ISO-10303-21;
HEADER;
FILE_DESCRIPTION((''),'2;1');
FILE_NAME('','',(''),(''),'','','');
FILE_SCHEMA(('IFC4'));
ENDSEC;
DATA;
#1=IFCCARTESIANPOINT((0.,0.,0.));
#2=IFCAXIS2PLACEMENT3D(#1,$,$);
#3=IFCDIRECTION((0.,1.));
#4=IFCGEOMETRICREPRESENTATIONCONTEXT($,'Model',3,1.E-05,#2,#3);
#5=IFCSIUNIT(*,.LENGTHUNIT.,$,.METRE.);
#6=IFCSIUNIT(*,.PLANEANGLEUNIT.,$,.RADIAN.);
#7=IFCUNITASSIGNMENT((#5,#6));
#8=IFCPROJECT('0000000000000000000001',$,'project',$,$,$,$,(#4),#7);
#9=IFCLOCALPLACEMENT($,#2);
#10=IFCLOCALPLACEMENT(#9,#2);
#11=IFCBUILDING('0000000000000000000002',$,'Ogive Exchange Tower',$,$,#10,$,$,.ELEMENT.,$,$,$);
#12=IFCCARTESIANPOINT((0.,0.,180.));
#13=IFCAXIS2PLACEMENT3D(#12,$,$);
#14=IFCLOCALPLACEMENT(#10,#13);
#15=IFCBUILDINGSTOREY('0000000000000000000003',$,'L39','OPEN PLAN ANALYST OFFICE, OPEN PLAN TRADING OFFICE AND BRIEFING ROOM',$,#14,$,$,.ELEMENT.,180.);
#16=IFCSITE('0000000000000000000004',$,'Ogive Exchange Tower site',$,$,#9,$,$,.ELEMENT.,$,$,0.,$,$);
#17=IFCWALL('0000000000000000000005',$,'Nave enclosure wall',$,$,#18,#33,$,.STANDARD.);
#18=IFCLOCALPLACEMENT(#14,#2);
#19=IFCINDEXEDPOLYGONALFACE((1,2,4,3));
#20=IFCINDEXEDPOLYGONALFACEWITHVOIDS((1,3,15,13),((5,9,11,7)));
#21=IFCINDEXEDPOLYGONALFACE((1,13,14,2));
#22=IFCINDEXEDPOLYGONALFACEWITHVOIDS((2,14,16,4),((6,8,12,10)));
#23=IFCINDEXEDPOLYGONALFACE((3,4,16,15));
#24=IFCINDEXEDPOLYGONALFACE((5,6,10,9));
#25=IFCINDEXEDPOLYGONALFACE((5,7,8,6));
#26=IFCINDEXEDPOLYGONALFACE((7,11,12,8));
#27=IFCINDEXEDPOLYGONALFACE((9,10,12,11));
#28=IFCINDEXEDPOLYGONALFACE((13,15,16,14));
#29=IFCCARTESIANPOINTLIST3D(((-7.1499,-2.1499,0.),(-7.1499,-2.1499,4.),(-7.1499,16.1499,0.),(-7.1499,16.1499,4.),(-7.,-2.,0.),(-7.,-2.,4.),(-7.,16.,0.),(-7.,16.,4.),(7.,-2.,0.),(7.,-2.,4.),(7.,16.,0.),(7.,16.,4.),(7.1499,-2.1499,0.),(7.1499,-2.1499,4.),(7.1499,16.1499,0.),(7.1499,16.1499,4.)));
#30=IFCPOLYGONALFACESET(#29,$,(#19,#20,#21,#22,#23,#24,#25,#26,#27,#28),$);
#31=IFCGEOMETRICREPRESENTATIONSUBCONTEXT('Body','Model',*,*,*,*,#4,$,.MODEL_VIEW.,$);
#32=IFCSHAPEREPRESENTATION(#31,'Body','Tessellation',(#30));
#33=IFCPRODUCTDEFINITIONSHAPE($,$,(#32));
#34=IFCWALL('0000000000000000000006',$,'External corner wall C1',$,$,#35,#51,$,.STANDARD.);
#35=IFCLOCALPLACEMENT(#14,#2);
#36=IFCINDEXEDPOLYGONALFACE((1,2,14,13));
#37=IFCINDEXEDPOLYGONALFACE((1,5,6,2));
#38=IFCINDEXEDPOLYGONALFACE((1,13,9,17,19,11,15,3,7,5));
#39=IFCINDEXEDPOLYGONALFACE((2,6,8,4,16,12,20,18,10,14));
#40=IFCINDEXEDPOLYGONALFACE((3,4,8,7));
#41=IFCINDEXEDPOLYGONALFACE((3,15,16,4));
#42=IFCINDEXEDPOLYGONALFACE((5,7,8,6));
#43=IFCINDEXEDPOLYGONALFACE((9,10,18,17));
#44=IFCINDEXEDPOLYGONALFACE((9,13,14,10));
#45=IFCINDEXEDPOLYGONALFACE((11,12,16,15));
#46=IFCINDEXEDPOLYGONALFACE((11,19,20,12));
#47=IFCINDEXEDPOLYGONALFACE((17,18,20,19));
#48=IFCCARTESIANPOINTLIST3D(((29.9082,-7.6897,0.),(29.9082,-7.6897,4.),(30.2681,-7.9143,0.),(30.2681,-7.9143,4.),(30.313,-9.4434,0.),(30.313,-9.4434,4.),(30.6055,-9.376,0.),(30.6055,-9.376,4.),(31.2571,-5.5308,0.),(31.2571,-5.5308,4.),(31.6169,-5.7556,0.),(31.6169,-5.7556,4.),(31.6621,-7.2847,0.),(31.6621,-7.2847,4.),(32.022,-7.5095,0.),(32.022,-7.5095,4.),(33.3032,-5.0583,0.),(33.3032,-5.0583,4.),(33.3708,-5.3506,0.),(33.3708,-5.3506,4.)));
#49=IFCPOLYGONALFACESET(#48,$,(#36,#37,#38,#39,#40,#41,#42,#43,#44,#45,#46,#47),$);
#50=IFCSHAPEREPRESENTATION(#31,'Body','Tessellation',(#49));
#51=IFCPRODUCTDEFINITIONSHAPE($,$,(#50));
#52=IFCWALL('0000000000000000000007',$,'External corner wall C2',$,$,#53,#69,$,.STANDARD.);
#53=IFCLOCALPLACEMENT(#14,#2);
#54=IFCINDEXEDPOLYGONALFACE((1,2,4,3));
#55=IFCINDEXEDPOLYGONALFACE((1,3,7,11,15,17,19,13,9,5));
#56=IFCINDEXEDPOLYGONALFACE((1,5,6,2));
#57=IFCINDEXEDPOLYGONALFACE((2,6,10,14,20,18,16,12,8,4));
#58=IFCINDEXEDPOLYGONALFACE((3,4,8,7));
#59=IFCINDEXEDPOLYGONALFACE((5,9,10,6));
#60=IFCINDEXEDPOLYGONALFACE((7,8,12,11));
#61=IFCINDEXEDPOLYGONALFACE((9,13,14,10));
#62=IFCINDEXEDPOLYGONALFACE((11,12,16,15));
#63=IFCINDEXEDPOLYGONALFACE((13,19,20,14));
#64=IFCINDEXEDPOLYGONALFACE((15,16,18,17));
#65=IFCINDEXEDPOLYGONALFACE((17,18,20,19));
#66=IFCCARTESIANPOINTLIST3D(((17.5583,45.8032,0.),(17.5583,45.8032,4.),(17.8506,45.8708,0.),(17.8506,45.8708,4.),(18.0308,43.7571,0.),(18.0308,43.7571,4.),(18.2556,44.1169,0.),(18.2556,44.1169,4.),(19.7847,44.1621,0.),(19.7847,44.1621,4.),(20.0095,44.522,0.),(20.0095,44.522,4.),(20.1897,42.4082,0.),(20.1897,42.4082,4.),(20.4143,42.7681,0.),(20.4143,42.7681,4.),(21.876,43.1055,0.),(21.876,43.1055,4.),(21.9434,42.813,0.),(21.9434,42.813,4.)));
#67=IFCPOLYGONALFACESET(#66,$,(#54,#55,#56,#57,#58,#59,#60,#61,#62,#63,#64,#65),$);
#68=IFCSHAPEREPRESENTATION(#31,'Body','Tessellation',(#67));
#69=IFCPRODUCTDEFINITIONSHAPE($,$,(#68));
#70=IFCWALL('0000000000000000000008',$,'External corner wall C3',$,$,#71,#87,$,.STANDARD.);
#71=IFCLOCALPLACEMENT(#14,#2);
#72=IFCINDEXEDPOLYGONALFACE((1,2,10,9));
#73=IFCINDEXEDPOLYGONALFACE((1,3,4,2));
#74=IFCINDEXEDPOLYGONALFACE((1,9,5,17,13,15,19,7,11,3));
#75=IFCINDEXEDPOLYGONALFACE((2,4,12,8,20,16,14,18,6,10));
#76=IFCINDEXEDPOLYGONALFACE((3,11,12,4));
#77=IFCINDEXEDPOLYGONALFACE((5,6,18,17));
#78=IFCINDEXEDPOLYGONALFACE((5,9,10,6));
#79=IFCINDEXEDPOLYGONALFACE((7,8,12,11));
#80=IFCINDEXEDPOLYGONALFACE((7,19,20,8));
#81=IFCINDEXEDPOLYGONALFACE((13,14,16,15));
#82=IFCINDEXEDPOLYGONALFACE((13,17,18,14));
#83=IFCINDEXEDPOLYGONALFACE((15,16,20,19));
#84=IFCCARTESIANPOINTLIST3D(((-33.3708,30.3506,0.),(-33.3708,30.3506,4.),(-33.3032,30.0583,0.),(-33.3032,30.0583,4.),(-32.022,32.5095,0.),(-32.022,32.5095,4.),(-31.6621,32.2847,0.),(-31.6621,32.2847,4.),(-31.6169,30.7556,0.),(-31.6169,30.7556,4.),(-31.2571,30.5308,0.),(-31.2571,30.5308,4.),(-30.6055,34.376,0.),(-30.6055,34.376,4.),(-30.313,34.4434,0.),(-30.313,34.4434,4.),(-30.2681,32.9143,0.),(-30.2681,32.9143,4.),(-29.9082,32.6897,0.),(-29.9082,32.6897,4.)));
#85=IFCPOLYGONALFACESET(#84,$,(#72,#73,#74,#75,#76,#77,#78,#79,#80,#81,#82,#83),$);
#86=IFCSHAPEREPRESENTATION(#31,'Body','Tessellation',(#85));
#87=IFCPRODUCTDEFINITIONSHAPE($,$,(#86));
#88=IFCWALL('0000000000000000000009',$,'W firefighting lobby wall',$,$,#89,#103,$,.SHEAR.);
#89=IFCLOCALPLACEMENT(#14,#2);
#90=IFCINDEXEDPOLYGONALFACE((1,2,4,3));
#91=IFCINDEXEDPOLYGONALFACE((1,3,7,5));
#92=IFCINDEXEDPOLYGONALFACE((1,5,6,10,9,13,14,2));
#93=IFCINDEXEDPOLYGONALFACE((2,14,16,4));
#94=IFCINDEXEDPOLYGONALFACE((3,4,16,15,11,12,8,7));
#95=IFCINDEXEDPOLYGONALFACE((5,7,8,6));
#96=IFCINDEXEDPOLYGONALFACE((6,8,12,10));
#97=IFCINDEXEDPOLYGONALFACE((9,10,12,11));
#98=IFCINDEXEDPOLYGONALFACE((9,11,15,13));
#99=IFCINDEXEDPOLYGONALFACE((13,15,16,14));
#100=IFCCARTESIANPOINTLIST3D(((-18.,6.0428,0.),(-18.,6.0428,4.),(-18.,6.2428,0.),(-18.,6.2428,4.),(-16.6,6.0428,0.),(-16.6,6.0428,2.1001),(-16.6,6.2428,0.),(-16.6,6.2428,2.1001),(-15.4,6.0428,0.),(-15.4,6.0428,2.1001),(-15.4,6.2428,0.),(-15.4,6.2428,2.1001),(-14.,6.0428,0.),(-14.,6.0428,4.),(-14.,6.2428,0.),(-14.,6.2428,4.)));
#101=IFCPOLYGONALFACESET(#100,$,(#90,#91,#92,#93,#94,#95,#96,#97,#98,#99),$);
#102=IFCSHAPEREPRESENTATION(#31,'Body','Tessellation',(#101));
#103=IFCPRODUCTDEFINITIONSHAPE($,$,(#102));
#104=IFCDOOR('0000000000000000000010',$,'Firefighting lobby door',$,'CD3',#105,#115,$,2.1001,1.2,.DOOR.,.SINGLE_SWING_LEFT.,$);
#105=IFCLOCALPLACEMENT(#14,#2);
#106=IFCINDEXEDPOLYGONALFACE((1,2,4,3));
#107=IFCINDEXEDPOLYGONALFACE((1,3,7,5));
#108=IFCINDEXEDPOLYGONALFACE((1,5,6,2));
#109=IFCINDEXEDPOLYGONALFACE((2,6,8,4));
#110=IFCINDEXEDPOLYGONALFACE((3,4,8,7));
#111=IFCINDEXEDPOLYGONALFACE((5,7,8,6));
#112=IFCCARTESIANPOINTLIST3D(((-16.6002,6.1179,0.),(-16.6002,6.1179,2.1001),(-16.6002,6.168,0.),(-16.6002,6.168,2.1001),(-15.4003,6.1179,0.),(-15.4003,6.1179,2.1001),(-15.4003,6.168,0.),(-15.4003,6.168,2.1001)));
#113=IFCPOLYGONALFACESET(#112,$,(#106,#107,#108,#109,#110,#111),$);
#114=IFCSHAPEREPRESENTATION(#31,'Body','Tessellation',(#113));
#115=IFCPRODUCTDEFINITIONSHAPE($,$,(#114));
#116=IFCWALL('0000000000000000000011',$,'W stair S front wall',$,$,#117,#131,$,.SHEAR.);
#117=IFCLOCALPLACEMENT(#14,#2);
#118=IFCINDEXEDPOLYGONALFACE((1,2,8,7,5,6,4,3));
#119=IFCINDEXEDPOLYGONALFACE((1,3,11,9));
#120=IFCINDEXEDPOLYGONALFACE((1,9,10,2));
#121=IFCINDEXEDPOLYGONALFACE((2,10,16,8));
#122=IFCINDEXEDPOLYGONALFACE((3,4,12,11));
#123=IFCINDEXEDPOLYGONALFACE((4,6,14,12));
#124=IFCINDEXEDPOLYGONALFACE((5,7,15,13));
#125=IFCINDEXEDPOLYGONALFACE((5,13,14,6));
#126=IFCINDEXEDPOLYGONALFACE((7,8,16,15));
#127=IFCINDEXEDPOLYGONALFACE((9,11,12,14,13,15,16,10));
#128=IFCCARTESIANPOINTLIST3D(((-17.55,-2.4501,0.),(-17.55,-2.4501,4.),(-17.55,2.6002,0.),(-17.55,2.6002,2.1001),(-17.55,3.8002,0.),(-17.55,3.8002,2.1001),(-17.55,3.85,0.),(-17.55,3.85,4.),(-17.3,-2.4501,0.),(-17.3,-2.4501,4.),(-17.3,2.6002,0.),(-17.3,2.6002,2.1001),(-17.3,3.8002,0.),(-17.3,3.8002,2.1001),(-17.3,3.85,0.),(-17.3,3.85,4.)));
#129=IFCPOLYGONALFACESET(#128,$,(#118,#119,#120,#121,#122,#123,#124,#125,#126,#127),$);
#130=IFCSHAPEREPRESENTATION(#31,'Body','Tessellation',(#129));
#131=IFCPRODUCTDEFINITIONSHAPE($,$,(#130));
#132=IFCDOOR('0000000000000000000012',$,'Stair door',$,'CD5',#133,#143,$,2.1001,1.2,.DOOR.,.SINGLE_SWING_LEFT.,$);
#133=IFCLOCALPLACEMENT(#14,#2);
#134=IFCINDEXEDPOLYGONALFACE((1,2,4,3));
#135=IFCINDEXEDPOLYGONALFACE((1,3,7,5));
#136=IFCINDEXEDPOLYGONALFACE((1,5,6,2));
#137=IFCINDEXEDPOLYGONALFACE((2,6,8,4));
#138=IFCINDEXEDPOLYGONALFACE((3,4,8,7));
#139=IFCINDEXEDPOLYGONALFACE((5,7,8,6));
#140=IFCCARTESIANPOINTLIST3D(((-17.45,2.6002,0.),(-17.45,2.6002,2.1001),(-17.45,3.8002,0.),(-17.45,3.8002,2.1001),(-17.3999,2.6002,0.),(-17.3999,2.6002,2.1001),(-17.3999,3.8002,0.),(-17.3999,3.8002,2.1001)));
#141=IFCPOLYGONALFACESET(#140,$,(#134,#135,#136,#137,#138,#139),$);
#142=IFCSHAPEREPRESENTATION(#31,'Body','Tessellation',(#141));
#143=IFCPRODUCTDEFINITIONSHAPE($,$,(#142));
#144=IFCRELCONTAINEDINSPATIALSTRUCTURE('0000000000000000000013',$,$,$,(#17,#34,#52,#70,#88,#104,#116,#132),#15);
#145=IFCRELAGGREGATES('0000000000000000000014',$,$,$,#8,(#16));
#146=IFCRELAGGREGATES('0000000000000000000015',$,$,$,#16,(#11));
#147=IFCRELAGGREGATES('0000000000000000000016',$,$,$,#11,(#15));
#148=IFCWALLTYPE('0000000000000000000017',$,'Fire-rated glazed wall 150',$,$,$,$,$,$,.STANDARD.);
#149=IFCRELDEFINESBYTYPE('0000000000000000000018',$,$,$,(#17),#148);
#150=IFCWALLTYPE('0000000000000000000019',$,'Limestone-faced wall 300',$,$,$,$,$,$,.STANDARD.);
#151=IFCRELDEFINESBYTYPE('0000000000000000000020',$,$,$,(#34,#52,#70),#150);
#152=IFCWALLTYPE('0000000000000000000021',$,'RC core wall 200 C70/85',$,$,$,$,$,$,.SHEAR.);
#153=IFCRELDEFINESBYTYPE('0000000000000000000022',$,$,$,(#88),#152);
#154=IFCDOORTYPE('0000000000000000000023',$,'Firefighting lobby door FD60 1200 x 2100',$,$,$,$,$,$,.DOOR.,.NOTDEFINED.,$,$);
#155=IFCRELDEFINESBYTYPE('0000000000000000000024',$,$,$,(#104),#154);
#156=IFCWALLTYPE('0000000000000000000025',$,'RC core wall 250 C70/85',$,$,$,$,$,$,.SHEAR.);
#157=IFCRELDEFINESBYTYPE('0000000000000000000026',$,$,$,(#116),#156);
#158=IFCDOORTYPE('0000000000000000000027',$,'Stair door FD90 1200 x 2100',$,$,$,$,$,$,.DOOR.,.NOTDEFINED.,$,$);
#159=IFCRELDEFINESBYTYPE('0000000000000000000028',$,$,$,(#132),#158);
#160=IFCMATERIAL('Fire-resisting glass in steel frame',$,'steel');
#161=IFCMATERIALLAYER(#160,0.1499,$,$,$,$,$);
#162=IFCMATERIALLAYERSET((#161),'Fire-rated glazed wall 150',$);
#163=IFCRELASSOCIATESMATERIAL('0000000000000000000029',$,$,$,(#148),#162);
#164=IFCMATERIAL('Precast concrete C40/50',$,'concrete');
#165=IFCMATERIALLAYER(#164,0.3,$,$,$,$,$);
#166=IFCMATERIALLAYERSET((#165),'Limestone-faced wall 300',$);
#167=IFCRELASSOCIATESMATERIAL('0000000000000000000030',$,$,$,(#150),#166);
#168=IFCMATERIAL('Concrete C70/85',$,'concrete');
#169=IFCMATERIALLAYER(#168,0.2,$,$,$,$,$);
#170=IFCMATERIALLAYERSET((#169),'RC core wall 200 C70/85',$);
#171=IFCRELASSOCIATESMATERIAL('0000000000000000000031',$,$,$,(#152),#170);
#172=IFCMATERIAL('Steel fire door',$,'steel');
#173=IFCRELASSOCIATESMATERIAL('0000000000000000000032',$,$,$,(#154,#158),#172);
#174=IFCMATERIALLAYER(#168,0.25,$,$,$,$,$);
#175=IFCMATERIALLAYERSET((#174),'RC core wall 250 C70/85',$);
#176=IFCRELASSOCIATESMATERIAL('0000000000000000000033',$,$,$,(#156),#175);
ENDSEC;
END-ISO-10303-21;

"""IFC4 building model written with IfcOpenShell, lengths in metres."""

from ifc_helpers import new_model, si_unit, direction, frame, frame_2d, origin, place, context, subcontext, project, spatial, polyline, rectangle, outline, extrude, material, layer, layer_set, type_object, element, fill, save


model = new_model("IFC4")

# Units and contexts
model_context = context("Model", 3, precision=1e-05, world=origin(), true_north=direction((0.0, 1.0)))
body_context = subcontext(model_context, "Body", "Model", "MODEL_VIEW")
ifc_project = project(units=[si_unit("LENGTHUNIT", "METRE"), si_unit("PLANEANGLEUNIT", "RADIAN")], contexts=[model_context])

# Site, building, storey
site_placement = place(None, origin())
site = spatial("IfcSite", under=ifc_project, at=site_placement, Name="Ogive Exchange Tower site", CompositionType="ELEMENT", RefElevation=0.0)
building_placement = place(site_placement, origin())
building = spatial("IfcBuilding", under=site, at=building_placement, Name="Ogive Exchange Tower", CompositionType="ELEMENT")
storey_placement = place(building_placement, frame((0.0, 0.0, 180.0)))
storey = spatial("IfcBuildingStorey", under=building, at=storey_placement, Name="L39", Description="OPEN PLAN ANALYST OFFICE, OPEN PLAN TRADING OFFICE AND BRIEFING ROOM", CompositionType="ELEMENT", Elevation=180.0)

# Walls
ifc_material_1 = material(Name="Fire-resisting glass in steel frame", Category="steel")
ifc_layer_1 = layer(ifc_material_1, 0.1499)
ifc_layer_set_1 = layer_set([ifc_layer_1], Name="Fire-rated glazed wall 150")
wall_type_1 = type_object("IfcWallType", Name="Fire-rated glazed wall 150", PredefinedType="STANDARD", material=ifc_layer_set_1)
wall_1_placement = place(storey_placement, origin())
element("IfcWall", 1, at=wall_1_placement, inside=storey, type_object=wall_type_1, Name="Nave enclosure wall", PredefinedType="STANDARD", context=body_context, shape_type="SweptSolid", body=[
    extrude(outline(polyline([(-7.1499, -2.1499), (7.1499, -2.1499), (7.1499, 16.1499), (-7.1499, 16.1499), (-7.1499, -2.1499)]), holes=[polyline([(-7.0, -2.0), (-7.0, 16.0), (7.0, 16.0), (7.0, -2.0), (-7.0, -2.0)])]), origin(), (0.0, 0.0, 1.0), 4.0),
])
ifc_material_2 = material(Name="Precast concrete C40/50", Category="concrete")
ifc_layer_2 = layer(ifc_material_2, 0.3)
ifc_layer_set_2 = layer_set([ifc_layer_2], Name="Limestone-faced wall 300")
wall_type_2 = type_object("IfcWallType", Name="Limestone-faced wall 300", PredefinedType="STANDARD", material=ifc_layer_set_2)
wall_2_placement = place(storey_placement, origin())
element("IfcWall", 2, at=wall_2_placement, inside=storey, type_object=wall_type_2, Name="External corner wall C1", PredefinedType="STANDARD", context=body_context, shape_type="SweptSolid", body=[
    extrude(outline(polyline([(31.6621, -7.2847), (31.2571, -5.5308), (33.3032, -5.0583), (33.3708, -5.3506), (31.6169, -5.7556), (32.022, -7.5095), (30.2681, -7.9143), (30.6055, -9.376), (30.313, -9.4434), (29.9082, -7.6897), (31.6621, -7.2847)])), origin(), (0.0, 0.0, 1.0), 4.0),
])
wall_3_placement = place(storey_placement, origin())
element("IfcWall", 3, at=wall_3_placement, inside=storey, type_object=wall_type_2, Name="External corner wall C2", PredefinedType="STANDARD", context=body_context, shape_type="SweptSolid", body=[
    extrude(outline(polyline([(19.7847, 44.1621), (18.0308, 43.7571), (17.5583, 45.8032), (17.8506, 45.8708), (18.2556, 44.1169), (20.0095, 44.522), (20.4143, 42.7681), (21.876, 43.1055), (21.9434, 42.813), (20.1897, 42.4082), (19.7847, 44.1621)])), origin(), (0.0, 0.0, 1.0), 4.0),
])
wall_4_placement = place(storey_placement, origin())
element("IfcWall", 4, at=wall_4_placement, inside=storey, type_object=wall_type_2, Name="External corner wall C3", PredefinedType="STANDARD", context=body_context, shape_type="SweptSolid", body=[
    extrude(outline(polyline([(-31.6169, 30.7556), (-32.022, 32.5095), (-30.2681, 32.9143), (-30.6055, 34.376), (-30.313, 34.4434), (-29.9082, 32.6897), (-31.6621, 32.2847), (-31.2571, 30.5308), (-33.3032, 30.0583), (-33.3708, 30.3506), (-31.6169, 30.7556)])), origin(), (0.0, 0.0, 1.0), 4.0),
])

# Walls, openings, doors
ifc_material_3 = material(Name="Concrete C70/85", Category="concrete")
ifc_layer_3 = layer(ifc_material_3, 0.2)
ifc_layer_set_3 = layer_set([ifc_layer_3], Name="RC core wall 200 C70/85")
wall_type_3 = type_object("IfcWallType", Name="RC core wall 200 C70/85", PredefinedType="SHEAR", material=ifc_layer_set_3)
wall_5_placement = place(storey_placement, frame((-18.0, 6.1428, 0.0), z_axis=(0.0, 0.0, 1.0), x_axis=(1.0, 0.0, 0.0)))
wall_5 = element("IfcWall", 5, at=wall_5_placement, inside=storey, type_object=wall_type_3, Name="W firefighting lobby wall", PredefinedType="SHEAR", context=body_context, shape_type="SweptSolid", body=[
    extrude(rectangle(XDim=4.0, YDim=0.2, at=frame_2d((2.0, 0.0))), origin(), (0.0, 0.0, 1.0), 4.0),
])
opening_1_placement = place(wall_5_placement, frame((1.3999, 0.0, 0.0)))
opening_1 = element("IfcOpeningElement", 6, at=opening_1_placement, cuts=wall_5, PredefinedType="OPENING", context=body_context, shape_type="SweptSolid", body=[
    extrude(rectangle(XDim=1.2, YDim=2.1001, at=frame_2d((0.6001, 1.05))), frame((0.0, 0.1099, 0.0), z_axis=(0.0, -1.0, 0.0), x_axis=(1.0, 0.0, 0.0)), (0.0, 0.0, 1.0), 0.22),
])
ifc_material_4 = material(Name="Steel fire door", Category="steel")
door_type_1 = type_object("IfcDoorType", Name="Firefighting lobby door FD60 1200 x 2100", OperationType="NOTDEFINED", PredefinedType="DOOR", material=ifc_material_4)
door_1_placement = place(opening_1_placement, frame((1.2, 0.0, 0.0), z_axis=(0.0, 0.0, 1.0), x_axis=(-1.0, 0.0, 0.0)))
door_1 = element("IfcDoor", 7, at=door_1_placement, inside=storey, type_object=door_type_1, Name="Firefighting lobby door", ObjectType="CD3", OperationType="SINGLE_SWING_LEFT", OverallHeight=2.1001, OverallWidth=1.2, PredefinedType="DOOR", context=body_context, shape_type="SweptSolid", body=[
    extrude(rectangle(XDim=1.2, YDim=2.1001, at=frame_2d((0.6001, 1.05))), frame((0.0, 0.0249, 0.0), z_axis=(0.0, -1.0, 0.0), x_axis=(1.0, 0.0, 0.0)), (0.0, 0.0, 1.0), 0.05),
])
fill(opening_1, door_1)
ifc_layer_4 = layer(ifc_material_3, 0.25)
ifc_layer_set_4 = layer_set([ifc_layer_4], Name="RC core wall 250 C70/85")
wall_type_4 = type_object("IfcWallType", Name="RC core wall 250 C70/85", PredefinedType="SHEAR", material=ifc_layer_set_4)
wall_6_placement = place(storey_placement, frame((-17.425, -2.45, 0.0), z_axis=(0.0, 0.0, 1.0), x_axis=(0.0, 1.0, 0.0)))
wall_6 = element("IfcWall", 8, at=wall_6_placement, inside=storey, type_object=wall_type_4, Name="W stair S front wall", PredefinedType="SHEAR", context=body_context, shape_type="SweptSolid", body=[
    extrude(rectangle(XDim=6.3, YDim=0.25, at=frame_2d((3.1499, 0.0))), origin(), (0.0, 0.0, 1.0), 4.0),
])
opening_2_placement = place(wall_6_placement, frame((5.05, 0.0, 0.0)))
opening_2 = element("IfcOpeningElement", 9, at=opening_2_placement, cuts=wall_6, PredefinedType="OPENING", context=body_context, shape_type="SweptSolid", body=[
    extrude(rectangle(XDim=1.2, YDim=2.1001, at=frame_2d((0.6001, 1.05))), frame((0.0, 0.135, 0.0), z_axis=(0.0, -1.0, 0.0), x_axis=(1.0, 0.0, 0.0)), (0.0, 0.0, 1.0), 0.27),
])
door_type_2 = type_object("IfcDoorType", Name="Stair door FD90 1200 x 2100", OperationType="NOTDEFINED", PredefinedType="DOOR", material=ifc_material_4)
door_2_placement = place(opening_2_placement, origin())
door_2 = element("IfcDoor", 10, at=door_2_placement, inside=storey, type_object=door_type_2, Name="Stair door", ObjectType="CD5", OperationType="SINGLE_SWING_LEFT", OverallHeight=2.1001, OverallWidth=1.2, PredefinedType="DOOR", context=body_context, shape_type="SweptSolid", body=[
    extrude(rectangle(XDim=1.2, YDim=2.1001, at=frame_2d((0.6001, 1.05))), frame((0.0, 0.0249, 0.0), z_axis=(0.0, -1.0, 0.0), x_axis=(1.0, 0.0, 0.0)), (0.0, 0.0, 1.0), 0.05),
])
fill(opening_2, door_2)

save(model, "model.ifc")
